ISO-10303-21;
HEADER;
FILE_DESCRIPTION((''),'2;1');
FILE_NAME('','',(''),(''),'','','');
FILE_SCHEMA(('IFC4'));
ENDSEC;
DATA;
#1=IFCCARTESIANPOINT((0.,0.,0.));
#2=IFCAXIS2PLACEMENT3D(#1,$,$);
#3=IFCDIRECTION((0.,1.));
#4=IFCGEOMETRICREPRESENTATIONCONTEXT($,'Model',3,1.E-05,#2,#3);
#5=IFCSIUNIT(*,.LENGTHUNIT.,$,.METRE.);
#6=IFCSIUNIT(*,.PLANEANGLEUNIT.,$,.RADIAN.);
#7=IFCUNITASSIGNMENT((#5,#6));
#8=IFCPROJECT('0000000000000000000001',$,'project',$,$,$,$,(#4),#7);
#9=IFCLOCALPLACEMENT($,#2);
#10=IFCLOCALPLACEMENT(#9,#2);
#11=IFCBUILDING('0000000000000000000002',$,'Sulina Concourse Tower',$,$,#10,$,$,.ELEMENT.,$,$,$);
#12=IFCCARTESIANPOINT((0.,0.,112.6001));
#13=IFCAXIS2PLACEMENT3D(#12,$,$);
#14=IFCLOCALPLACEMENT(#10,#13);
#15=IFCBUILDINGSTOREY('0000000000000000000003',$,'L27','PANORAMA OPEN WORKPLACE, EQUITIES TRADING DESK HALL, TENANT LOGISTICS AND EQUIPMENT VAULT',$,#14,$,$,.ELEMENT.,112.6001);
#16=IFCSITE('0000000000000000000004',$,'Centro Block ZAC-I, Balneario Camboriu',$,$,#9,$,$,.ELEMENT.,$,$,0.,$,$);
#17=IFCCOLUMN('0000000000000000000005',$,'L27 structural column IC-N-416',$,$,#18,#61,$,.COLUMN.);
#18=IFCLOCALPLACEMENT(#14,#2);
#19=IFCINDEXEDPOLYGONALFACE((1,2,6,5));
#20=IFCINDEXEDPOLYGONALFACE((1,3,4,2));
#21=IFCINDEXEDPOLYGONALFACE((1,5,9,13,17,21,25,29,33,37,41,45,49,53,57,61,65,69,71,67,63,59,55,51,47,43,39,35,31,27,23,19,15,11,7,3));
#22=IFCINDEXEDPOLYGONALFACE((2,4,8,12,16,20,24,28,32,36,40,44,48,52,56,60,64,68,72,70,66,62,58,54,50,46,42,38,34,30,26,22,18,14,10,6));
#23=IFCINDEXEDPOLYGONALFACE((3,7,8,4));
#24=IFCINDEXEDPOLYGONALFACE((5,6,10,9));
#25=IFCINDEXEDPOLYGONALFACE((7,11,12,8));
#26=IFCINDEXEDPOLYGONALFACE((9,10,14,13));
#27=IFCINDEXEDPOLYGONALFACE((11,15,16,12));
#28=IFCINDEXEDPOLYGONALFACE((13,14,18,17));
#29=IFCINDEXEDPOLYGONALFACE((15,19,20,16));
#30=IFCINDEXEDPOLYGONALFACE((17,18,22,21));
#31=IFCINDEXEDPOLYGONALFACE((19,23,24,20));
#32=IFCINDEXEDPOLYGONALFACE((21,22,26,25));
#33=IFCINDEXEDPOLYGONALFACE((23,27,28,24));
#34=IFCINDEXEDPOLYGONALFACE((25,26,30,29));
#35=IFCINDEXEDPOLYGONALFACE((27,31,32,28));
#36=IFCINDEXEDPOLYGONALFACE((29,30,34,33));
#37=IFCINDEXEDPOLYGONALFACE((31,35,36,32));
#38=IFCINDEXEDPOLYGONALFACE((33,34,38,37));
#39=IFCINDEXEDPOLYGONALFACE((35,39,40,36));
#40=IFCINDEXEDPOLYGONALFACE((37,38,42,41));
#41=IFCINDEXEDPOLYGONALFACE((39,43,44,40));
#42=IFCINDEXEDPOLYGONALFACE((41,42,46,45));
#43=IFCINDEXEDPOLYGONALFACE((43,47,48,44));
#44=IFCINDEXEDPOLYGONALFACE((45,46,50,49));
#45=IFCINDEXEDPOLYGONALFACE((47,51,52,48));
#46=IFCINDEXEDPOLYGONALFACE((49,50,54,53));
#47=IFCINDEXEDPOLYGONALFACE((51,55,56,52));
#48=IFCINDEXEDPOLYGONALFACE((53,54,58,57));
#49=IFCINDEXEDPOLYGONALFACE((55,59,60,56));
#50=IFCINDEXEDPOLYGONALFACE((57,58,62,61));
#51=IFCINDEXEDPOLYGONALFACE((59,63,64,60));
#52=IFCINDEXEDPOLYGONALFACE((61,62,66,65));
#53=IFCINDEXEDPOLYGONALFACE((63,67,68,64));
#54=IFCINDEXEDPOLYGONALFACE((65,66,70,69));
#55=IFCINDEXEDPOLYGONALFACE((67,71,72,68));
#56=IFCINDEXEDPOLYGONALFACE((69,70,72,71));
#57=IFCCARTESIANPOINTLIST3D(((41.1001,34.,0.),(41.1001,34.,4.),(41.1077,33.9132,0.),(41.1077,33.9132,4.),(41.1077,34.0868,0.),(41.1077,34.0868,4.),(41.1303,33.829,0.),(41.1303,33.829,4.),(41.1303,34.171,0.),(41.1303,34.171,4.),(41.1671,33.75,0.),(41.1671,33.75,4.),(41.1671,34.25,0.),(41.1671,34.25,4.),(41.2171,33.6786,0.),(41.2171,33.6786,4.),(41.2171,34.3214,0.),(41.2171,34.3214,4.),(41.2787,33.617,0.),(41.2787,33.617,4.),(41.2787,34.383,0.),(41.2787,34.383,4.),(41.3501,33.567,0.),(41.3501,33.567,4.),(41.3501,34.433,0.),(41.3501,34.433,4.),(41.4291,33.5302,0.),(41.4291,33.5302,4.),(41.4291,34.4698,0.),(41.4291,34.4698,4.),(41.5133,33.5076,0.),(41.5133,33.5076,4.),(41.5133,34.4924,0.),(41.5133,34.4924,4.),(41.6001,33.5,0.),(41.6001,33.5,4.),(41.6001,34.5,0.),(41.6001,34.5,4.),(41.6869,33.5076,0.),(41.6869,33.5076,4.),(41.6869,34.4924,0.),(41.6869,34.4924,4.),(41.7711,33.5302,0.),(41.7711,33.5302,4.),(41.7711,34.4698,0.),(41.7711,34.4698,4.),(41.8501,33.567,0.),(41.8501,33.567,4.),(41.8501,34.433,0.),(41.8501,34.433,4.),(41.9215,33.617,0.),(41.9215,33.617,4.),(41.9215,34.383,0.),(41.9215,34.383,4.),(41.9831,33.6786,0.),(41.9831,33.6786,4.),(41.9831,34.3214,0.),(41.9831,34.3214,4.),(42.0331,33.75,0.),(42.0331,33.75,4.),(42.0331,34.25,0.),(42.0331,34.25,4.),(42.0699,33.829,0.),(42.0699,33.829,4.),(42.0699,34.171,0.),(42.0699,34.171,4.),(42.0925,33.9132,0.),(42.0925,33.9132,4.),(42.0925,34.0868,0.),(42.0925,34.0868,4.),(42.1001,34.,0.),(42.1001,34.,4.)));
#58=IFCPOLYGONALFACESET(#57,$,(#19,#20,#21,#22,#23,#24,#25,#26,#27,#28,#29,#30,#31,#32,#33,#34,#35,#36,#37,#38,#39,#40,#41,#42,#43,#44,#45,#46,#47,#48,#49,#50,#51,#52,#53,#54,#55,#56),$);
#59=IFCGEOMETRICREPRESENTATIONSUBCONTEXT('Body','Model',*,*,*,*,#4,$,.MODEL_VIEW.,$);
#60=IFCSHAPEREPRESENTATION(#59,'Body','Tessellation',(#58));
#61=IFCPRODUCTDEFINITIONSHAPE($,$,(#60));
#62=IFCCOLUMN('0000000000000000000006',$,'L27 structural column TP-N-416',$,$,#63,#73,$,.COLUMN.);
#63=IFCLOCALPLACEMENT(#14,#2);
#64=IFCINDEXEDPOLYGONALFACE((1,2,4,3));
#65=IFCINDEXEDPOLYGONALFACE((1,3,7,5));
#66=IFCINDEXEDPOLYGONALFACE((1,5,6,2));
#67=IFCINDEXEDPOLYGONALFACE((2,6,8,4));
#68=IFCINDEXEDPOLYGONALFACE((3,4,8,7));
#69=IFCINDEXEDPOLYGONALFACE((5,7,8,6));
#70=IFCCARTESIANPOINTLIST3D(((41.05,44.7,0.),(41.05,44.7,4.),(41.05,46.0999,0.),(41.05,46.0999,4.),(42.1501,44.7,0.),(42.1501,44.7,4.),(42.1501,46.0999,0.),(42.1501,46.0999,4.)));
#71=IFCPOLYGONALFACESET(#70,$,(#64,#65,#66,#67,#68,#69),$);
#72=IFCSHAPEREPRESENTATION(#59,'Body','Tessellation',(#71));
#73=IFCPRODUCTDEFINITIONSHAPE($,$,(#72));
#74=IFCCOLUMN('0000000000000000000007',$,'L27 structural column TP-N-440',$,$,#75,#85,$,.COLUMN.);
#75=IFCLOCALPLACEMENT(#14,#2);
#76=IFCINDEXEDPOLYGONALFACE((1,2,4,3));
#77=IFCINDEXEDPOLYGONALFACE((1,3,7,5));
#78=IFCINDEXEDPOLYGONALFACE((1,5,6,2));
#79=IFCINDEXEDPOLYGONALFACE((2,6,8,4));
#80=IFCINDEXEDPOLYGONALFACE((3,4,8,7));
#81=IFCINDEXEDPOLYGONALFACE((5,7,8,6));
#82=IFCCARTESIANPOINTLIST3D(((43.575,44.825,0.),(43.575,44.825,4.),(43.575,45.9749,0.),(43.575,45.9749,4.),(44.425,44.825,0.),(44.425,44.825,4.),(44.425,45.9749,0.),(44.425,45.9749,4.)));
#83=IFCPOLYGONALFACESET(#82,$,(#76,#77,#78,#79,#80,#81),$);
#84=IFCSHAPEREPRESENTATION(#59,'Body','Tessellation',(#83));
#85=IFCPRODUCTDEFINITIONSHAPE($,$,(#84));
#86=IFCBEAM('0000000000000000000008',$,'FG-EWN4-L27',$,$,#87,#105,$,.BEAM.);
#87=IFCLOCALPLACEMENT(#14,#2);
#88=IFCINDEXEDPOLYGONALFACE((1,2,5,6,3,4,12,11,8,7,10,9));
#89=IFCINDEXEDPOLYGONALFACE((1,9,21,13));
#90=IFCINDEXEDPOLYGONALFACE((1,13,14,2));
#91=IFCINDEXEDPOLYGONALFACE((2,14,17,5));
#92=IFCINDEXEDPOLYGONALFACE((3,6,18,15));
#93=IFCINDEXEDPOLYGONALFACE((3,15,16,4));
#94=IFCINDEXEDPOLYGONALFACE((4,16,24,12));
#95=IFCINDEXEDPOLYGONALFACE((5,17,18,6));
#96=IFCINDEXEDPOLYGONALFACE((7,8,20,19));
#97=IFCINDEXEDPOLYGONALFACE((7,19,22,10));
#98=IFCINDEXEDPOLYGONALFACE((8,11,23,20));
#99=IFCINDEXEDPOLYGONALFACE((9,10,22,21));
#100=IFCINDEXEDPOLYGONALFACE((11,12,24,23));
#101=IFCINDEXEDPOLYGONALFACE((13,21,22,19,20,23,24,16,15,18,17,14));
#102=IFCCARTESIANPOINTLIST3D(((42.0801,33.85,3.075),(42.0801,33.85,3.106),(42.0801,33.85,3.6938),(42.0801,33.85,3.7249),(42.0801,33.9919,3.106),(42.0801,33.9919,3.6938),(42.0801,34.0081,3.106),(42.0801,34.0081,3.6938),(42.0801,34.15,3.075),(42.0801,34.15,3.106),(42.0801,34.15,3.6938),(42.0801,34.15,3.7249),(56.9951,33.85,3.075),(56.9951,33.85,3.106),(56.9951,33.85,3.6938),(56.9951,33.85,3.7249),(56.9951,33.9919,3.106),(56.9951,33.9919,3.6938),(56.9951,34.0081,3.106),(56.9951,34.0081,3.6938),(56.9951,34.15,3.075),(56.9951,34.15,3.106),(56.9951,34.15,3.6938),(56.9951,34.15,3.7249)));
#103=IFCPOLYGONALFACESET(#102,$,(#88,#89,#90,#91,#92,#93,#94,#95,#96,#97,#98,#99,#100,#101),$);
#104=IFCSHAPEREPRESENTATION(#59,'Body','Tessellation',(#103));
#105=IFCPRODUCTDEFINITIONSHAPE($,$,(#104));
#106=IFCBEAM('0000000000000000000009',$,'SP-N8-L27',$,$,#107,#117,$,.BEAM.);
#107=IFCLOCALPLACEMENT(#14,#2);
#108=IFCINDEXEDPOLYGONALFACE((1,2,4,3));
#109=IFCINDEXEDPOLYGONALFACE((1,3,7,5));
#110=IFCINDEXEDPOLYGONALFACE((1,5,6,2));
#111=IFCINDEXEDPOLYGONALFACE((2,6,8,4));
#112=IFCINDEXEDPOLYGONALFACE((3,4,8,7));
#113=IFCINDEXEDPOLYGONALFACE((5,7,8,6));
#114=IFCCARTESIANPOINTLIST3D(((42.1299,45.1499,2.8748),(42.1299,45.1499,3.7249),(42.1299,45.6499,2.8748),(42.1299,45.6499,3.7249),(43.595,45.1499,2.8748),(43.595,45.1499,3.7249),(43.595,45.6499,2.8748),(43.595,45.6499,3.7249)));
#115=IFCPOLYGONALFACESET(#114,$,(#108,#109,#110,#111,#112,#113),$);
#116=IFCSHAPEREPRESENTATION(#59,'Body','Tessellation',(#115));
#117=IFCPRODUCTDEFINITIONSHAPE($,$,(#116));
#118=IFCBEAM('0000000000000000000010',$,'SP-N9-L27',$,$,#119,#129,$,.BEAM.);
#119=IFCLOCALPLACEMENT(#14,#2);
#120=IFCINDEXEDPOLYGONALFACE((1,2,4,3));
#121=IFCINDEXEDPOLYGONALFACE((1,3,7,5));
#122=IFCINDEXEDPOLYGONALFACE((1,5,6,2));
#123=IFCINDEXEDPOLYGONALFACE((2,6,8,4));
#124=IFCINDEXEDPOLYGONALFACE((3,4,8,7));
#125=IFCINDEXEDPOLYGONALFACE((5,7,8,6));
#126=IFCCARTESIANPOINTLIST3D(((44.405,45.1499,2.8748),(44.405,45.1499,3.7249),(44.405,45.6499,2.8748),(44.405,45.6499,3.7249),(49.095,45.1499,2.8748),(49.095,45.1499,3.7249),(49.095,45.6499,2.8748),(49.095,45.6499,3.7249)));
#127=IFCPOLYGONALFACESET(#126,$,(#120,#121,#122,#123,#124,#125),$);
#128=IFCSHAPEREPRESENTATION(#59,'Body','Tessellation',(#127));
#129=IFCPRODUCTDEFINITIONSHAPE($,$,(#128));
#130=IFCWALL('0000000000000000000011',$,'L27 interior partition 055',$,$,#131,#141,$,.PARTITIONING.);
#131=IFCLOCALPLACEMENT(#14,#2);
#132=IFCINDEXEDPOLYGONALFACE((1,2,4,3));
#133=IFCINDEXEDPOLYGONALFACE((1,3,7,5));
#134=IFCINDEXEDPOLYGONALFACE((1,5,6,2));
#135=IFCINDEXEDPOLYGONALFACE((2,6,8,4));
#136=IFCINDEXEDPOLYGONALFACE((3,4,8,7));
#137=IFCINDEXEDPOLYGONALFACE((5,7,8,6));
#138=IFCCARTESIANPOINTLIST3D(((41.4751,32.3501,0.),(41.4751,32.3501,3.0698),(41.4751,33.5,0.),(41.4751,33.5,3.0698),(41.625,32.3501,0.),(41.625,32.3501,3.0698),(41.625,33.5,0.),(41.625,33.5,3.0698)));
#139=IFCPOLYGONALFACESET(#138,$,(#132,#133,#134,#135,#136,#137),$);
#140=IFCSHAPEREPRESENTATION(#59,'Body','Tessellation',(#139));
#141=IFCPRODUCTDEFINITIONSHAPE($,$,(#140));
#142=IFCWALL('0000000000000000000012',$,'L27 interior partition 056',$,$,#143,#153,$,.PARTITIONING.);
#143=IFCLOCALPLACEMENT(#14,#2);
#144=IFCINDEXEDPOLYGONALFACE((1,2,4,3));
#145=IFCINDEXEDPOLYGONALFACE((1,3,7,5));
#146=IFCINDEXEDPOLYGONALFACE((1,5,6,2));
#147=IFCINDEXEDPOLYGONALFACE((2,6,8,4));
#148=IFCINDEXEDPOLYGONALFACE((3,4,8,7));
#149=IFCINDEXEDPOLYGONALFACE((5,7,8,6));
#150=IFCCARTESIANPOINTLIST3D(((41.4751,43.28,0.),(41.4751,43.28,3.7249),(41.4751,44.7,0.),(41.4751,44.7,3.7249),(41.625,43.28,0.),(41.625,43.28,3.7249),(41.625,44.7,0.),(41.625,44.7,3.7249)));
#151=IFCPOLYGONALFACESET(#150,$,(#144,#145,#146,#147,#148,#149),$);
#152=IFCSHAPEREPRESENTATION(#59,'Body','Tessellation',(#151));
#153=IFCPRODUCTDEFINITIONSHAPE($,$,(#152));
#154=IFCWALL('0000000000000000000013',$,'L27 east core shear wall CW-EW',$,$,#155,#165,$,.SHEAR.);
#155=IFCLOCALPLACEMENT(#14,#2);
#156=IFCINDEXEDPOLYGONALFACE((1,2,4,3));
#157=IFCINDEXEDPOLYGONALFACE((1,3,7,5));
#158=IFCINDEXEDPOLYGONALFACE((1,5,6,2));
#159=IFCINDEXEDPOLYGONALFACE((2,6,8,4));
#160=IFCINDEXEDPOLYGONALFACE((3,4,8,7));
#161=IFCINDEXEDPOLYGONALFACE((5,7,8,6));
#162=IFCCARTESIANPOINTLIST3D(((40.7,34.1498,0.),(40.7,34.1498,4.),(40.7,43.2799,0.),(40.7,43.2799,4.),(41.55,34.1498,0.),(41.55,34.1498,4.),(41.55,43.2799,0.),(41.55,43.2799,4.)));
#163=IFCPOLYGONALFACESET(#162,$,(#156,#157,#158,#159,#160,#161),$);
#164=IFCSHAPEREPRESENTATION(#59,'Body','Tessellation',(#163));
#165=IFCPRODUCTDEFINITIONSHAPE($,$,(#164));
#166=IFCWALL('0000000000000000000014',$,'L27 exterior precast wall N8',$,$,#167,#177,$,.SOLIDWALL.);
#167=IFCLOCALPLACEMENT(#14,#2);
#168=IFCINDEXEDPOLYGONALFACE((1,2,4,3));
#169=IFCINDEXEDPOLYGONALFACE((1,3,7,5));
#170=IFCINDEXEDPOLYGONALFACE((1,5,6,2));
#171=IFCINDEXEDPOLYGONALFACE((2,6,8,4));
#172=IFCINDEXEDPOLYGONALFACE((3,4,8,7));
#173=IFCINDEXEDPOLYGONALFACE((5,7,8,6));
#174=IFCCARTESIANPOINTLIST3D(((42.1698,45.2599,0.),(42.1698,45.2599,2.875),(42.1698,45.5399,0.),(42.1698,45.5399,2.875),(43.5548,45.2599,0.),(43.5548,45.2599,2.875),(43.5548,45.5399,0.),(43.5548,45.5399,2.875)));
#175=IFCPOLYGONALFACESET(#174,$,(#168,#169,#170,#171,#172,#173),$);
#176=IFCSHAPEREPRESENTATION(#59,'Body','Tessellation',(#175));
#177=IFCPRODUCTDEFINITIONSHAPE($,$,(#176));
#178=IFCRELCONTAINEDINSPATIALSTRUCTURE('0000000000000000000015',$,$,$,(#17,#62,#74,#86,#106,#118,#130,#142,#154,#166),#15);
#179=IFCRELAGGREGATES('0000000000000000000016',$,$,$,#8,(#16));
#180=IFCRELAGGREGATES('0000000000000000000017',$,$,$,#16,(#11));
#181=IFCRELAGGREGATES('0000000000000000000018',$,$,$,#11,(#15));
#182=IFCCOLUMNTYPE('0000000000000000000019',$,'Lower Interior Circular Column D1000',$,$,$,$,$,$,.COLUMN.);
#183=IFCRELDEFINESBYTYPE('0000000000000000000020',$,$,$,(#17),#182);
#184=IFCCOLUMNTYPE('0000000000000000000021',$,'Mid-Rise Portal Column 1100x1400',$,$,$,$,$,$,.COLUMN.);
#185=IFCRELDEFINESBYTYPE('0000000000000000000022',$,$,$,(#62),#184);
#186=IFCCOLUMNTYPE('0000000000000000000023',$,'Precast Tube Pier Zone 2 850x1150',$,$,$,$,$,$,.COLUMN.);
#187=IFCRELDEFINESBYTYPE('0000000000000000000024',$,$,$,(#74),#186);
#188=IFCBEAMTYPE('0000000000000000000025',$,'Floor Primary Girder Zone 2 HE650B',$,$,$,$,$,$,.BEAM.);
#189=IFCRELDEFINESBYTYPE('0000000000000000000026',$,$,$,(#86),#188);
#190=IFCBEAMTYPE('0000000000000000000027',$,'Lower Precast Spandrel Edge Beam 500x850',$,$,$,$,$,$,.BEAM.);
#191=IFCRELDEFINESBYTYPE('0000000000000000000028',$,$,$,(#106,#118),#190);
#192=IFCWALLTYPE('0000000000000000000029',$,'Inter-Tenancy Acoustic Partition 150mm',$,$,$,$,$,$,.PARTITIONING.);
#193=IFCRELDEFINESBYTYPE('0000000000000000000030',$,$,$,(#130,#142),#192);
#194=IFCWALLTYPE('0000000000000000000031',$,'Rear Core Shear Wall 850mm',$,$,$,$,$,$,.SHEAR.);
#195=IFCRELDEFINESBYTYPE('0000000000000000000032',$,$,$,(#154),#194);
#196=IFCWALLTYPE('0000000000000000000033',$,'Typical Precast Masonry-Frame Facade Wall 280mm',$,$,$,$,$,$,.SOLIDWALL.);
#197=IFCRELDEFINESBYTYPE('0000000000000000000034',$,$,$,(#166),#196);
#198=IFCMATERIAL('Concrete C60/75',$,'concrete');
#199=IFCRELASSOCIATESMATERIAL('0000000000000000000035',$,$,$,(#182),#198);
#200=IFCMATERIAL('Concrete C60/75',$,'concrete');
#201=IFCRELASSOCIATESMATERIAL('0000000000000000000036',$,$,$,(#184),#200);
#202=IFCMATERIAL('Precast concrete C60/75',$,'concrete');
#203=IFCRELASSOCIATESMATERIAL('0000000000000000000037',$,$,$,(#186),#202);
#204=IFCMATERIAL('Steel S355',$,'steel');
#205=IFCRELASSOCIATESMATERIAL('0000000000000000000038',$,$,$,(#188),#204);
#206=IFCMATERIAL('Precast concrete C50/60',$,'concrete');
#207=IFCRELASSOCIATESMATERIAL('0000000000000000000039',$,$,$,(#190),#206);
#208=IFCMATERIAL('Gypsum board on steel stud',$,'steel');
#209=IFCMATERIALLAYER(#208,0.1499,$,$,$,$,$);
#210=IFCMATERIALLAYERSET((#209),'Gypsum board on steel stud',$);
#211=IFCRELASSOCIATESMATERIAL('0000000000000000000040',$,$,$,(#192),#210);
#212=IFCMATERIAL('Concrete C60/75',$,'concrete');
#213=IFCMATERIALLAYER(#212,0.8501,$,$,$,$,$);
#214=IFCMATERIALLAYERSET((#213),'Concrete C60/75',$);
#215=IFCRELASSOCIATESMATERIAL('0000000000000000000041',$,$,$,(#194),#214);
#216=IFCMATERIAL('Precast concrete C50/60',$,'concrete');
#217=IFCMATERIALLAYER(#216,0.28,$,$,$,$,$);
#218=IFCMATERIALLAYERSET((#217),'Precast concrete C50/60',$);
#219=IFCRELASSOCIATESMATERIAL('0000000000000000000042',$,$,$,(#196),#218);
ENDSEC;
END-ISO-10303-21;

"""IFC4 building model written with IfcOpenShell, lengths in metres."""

from ifc_helpers import new_model, si_unit, direction, frame, frame_2d, origin, origin_2d, place, context, subcontext, project, spatial, rectangle, circle, i_section, extrude, material, layer, layer_set, material_profile, profile_set, type_object, element, save


model = new_model("IFC4")

# Units and contexts
model_context = context("Model", 3, precision=1e-05, world=origin(), true_north=direction((0.0, 1.0)))
body_context = subcontext(model_context, "Body", "Model", "MODEL_VIEW")
ifc_project = project(units=[si_unit("LENGTHUNIT", "METRE"), si_unit("PLANEANGLEUNIT", "RADIAN")], contexts=[model_context])

# Site, building, storey
site_placement = place(None, origin())
site = spatial("IfcSite", under=ifc_project, at=site_placement, Name="Centro Block ZAC-I, Balneario Camboriu", CompositionType="ELEMENT", RefElevation=0.0)
building_placement = place(site_placement, origin())
building = spatial("IfcBuilding", under=site, at=building_placement, Name="Sulina Concourse Tower", CompositionType="ELEMENT")
storey_placement = place(building_placement, frame((0.0, 0.0, 112.6001)))
storey = spatial("IfcBuildingStorey", under=building, at=storey_placement, Name="L27", Description="PANORAMA OPEN WORKPLACE, EQUITIES TRADING DESK HALL, TENANT LOGISTICS AND EQUIPMENT VAULT", CompositionType="ELEMENT", Elevation=112.6001)

# Columns
ifc_material_1 = material(Name="Concrete C60/75", Category="concrete")
ifc_material_profile_1 = material_profile(ifc_material_1, circle(Radius=0.5, at=origin_2d()), Name="RC D1000")
ifc_profile_set_1 = profile_set([ifc_material_profile_1], Name="Concrete C60/75")
column_type_1 = type_object("IfcColumnType", Name="Lower Interior Circular Column D1000", PredefinedType="COLUMN", material=ifc_profile_set_1)
column_1_placement = place(storey_placement, frame((41.6001, 34.0, 0.0), z_axis=(0.0, 0.0, 1.0), x_axis=(1.0, 0.0, 0.0)))
element("IfcColumn", 1, at=column_1_placement, inside=storey, type_object=column_type_1, Name="L27 structural column IC-N-416", PredefinedType="COLUMN", context=body_context, shape_type="SweptSolid", body=[
    extrude(circle(Radius=0.5, at=origin_2d()), origin(), (0.0, 0.0, 1.0), 4.0),
])
ifc_material_2 = material(Name="Concrete C60/75", Category="concrete")
ifc_material_profile_2 = material_profile(ifc_material_2, rectangle(XDim=1.1001, YDim=1.3999, at=origin_2d()), Name="RC 1100x1400")
ifc_profile_set_2 = profile_set([ifc_material_profile_2], Name="Concrete C60/75")
column_type_2 = type_object("IfcColumnType", Name="Mid-Rise Portal Column 1100x1400", PredefinedType="COLUMN", material=ifc_profile_set_2)
column_2_placement = place(storey_placement, frame((41.6001, 45.3999, 0.0), z_axis=(0.0, 0.0, 1.0), x_axis=(1.0, 0.0, 0.0)))
element("IfcColumn", 2, at=column_2_placement, inside=storey, type_object=column_type_2, Name="L27 structural column TP-N-416", PredefinedType="COLUMN", context=body_context, shape_type="SweptSolid", body=[
    extrude(rectangle(XDim=1.1001, YDim=1.3999, at=origin_2d()), origin(), (0.0, 0.0, 1.0), 4.0),
])
ifc_material_3 = material(Name="Precast concrete C60/75", Category="concrete")
ifc_material_profile_3 = material_profile(ifc_material_3, rectangle(XDim=0.8501, YDim=1.1499, at=origin_2d()), Name="PC 850x1150")
ifc_profile_set_3 = profile_set([ifc_material_profile_3], Name="Precast concrete C60/75")
column_type_3 = type_object("IfcColumnType", Name="Precast Tube Pier Zone 2 850x1150", PredefinedType="COLUMN", material=ifc_profile_set_3)
column_3_placement = place(storey_placement, frame((44.0, 45.3999, 0.0), z_axis=(0.0, 0.0, 1.0), x_axis=(1.0, 0.0, 0.0)))
element("IfcColumn", 3, at=column_3_placement, inside=storey, type_object=column_type_3, Name="L27 structural column TP-N-440", PredefinedType="COLUMN", context=body_context, shape_type="SweptSolid", body=[
    extrude(rectangle(XDim=0.8501, YDim=1.1499, at=origin_2d()), origin(), (0.0, 0.0, 1.0), 4.0),
])

# Beams
ifc_material_4 = material(Name="Steel S355", Category="steel")
ifc_material_profile_4 = material_profile(ifc_material_4, i_section(OverallWidth=0.3, OverallDepth=0.6499, WebThickness=0.0161, FlangeThickness=0.031, at=origin_2d()), Name="HE 650 B")
ifc_profile_set_4 = profile_set([ifc_material_profile_4], Name="Steel S355")
beam_type_1 = type_object("IfcBeamType", Name="Floor Primary Girder Zone 2 HE650B", PredefinedType="BEAM", material=ifc_profile_set_4)
beam_1_placement = place(storey_placement, frame((42.0801, 34.0, 3.3999), z_axis=(1.0, 0.0, 0.0), x_axis=(0.0, 1.0, 0.0)))
element("IfcBeam", 4, at=beam_1_placement, inside=storey, type_object=beam_type_1, Name="FG-EWN4-L27", PredefinedType="BEAM", context=body_context, shape_type="SweptSolid", body=[
    extrude(i_section(OverallWidth=0.3, OverallDepth=0.6499, WebThickness=0.0161, FlangeThickness=0.031, at=origin_2d()), origin(), (0.0, 0.0, 1.0), 14.915),
])
ifc_material_5 = material(Name="Precast concrete C50/60", Category="concrete")
ifc_material_profile_5 = material_profile(ifc_material_5, rectangle(XDim=0.5, YDim=0.8501, at=origin_2d()), Name="RC 500x850")
ifc_profile_set_5 = profile_set([ifc_material_profile_5], Name="Precast concrete C50/60")
beam_type_2 = type_object("IfcBeamType", Name="Lower Precast Spandrel Edge Beam 500x850", PredefinedType="BEAM", material=ifc_profile_set_5)
beam_2_placement = place(storey_placement, frame((42.1299, 45.3999, 3.2998), z_axis=(1.0, 0.0, 0.0), x_axis=(0.0, 1.0, 0.0)))
element("IfcBeam", 5, at=beam_2_placement, inside=storey, type_object=beam_type_2, Name="SP-N8-L27", PredefinedType="BEAM", context=body_context, shape_type="SweptSolid", body=[
    extrude(rectangle(XDim=0.5, YDim=0.8501, at=origin_2d()), origin(), (0.0, 0.0, 1.0), 1.4651),
])
beam_3_placement = place(storey_placement, frame((44.405, 45.3999, 3.2998), z_axis=(1.0, 0.0, 0.0), x_axis=(0.0, 1.0, 0.0)))
element("IfcBeam", 6, at=beam_3_placement, inside=storey, type_object=beam_type_2, Name="SP-N9-L27", PredefinedType="BEAM", context=body_context, shape_type="SweptSolid", body=[
    extrude(rectangle(XDim=0.5, YDim=0.8501, at=origin_2d()), origin(), (0.0, 0.0, 1.0), 4.6899),
])

# Walls
ifc_material_6 = material(Name="Gypsum board on steel stud", Category="steel")
ifc_layer_1 = layer(ifc_material_6, 0.1499)
ifc_layer_set_1 = layer_set([ifc_layer_1], Name="Gypsum board on steel stud")
wall_type_1 = type_object("IfcWallType", Name="Inter-Tenancy Acoustic Partition 150mm", PredefinedType="PARTITIONING", material=ifc_layer_set_1)
wall_1_placement = place(storey_placement, frame((41.55, 32.3501, 0.0), z_axis=(0.0, 0.0, 1.0), x_axis=(0.0, 1.0, 0.0)))
element("IfcWall", 7, at=wall_1_placement, inside=storey, type_object=wall_type_1, Name="L27 interior partition 055", PredefinedType="PARTITIONING", context=body_context, shape_type="SweptSolid", body=[
    extrude(rectangle(XDim=1.1499, YDim=0.1499, at=frame_2d((0.575, 0.0))), origin(), (0.0, 0.0, 1.0), 3.0698),
])
wall_2_placement = place(storey_placement, frame((41.55, 43.28, 0.0), z_axis=(0.0, 0.0, 1.0), x_axis=(0.0, 1.0, 0.0)))
element("IfcWall", 8, at=wall_2_placement, inside=storey, type_object=wall_type_1, Name="L27 interior partition 056", PredefinedType="PARTITIONING", context=body_context, shape_type="SweptSolid", body=[
    extrude(rectangle(XDim=1.4199, YDim=0.1499, at=frame_2d((0.71, 0.0))), origin(), (0.0, 0.0, 1.0), 3.7249),
])
ifc_material_7 = material(Name="Concrete C60/75", Category="concrete")
ifc_layer_2 = layer(ifc_material_7, 0.8501)
ifc_layer_set_2 = layer_set([ifc_layer_2], Name="Concrete C60/75")
wall_type_2 = type_object("IfcWallType", Name="Rear Core Shear Wall 850mm", PredefinedType="SHEAR", material=ifc_layer_set_2)
wall_3_placement = place(storey_placement, frame((41.125, 34.1499, 0.0), z_axis=(0.0, 0.0, 1.0), x_axis=(0.0, 1.0, 0.0)))
element("IfcWall", 9, at=wall_3_placement, inside=storey, type_object=wall_type_2, Name="L27 east core shear wall CW-EW", PredefinedType="SHEAR", context=body_context, shape_type="SweptSolid", body=[
    extrude(rectangle(XDim=9.1301, YDim=0.8501, at=frame_2d((4.5649, 0.0))), origin(), (0.0, 0.0, 1.0), 4.0),
])
ifc_material_8 = material(Name="Precast concrete C50/60", Category="concrete")
ifc_layer_3 = layer(ifc_material_8, 0.28)
ifc_layer_set_3 = layer_set([ifc_layer_3], Name="Precast concrete C50/60")
wall_type_3 = type_object("IfcWallType", Name="Typical Precast Masonry-Frame Facade Wall 280mm", PredefinedType="SOLIDWALL", material=ifc_layer_set_3)
wall_4_placement = place(storey_placement, frame((42.1699, 45.3999, 0.0), z_axis=(0.0, 0.0, 1.0), x_axis=(1.0, 0.0, 0.0)))
element("IfcWall", 10, at=wall_4_placement, inside=storey, type_object=wall_type_3, Name="L27 exterior precast wall N8", PredefinedType="SOLIDWALL", context=body_context, shape_type="SweptSolid", body=[
    extrude(rectangle(XDim=1.385, YDim=0.28, at=frame_2d((0.6924, 0.0))), origin(), (0.0, 0.0, 1.0), 2.875),
])

save(model, "model.ifc")
